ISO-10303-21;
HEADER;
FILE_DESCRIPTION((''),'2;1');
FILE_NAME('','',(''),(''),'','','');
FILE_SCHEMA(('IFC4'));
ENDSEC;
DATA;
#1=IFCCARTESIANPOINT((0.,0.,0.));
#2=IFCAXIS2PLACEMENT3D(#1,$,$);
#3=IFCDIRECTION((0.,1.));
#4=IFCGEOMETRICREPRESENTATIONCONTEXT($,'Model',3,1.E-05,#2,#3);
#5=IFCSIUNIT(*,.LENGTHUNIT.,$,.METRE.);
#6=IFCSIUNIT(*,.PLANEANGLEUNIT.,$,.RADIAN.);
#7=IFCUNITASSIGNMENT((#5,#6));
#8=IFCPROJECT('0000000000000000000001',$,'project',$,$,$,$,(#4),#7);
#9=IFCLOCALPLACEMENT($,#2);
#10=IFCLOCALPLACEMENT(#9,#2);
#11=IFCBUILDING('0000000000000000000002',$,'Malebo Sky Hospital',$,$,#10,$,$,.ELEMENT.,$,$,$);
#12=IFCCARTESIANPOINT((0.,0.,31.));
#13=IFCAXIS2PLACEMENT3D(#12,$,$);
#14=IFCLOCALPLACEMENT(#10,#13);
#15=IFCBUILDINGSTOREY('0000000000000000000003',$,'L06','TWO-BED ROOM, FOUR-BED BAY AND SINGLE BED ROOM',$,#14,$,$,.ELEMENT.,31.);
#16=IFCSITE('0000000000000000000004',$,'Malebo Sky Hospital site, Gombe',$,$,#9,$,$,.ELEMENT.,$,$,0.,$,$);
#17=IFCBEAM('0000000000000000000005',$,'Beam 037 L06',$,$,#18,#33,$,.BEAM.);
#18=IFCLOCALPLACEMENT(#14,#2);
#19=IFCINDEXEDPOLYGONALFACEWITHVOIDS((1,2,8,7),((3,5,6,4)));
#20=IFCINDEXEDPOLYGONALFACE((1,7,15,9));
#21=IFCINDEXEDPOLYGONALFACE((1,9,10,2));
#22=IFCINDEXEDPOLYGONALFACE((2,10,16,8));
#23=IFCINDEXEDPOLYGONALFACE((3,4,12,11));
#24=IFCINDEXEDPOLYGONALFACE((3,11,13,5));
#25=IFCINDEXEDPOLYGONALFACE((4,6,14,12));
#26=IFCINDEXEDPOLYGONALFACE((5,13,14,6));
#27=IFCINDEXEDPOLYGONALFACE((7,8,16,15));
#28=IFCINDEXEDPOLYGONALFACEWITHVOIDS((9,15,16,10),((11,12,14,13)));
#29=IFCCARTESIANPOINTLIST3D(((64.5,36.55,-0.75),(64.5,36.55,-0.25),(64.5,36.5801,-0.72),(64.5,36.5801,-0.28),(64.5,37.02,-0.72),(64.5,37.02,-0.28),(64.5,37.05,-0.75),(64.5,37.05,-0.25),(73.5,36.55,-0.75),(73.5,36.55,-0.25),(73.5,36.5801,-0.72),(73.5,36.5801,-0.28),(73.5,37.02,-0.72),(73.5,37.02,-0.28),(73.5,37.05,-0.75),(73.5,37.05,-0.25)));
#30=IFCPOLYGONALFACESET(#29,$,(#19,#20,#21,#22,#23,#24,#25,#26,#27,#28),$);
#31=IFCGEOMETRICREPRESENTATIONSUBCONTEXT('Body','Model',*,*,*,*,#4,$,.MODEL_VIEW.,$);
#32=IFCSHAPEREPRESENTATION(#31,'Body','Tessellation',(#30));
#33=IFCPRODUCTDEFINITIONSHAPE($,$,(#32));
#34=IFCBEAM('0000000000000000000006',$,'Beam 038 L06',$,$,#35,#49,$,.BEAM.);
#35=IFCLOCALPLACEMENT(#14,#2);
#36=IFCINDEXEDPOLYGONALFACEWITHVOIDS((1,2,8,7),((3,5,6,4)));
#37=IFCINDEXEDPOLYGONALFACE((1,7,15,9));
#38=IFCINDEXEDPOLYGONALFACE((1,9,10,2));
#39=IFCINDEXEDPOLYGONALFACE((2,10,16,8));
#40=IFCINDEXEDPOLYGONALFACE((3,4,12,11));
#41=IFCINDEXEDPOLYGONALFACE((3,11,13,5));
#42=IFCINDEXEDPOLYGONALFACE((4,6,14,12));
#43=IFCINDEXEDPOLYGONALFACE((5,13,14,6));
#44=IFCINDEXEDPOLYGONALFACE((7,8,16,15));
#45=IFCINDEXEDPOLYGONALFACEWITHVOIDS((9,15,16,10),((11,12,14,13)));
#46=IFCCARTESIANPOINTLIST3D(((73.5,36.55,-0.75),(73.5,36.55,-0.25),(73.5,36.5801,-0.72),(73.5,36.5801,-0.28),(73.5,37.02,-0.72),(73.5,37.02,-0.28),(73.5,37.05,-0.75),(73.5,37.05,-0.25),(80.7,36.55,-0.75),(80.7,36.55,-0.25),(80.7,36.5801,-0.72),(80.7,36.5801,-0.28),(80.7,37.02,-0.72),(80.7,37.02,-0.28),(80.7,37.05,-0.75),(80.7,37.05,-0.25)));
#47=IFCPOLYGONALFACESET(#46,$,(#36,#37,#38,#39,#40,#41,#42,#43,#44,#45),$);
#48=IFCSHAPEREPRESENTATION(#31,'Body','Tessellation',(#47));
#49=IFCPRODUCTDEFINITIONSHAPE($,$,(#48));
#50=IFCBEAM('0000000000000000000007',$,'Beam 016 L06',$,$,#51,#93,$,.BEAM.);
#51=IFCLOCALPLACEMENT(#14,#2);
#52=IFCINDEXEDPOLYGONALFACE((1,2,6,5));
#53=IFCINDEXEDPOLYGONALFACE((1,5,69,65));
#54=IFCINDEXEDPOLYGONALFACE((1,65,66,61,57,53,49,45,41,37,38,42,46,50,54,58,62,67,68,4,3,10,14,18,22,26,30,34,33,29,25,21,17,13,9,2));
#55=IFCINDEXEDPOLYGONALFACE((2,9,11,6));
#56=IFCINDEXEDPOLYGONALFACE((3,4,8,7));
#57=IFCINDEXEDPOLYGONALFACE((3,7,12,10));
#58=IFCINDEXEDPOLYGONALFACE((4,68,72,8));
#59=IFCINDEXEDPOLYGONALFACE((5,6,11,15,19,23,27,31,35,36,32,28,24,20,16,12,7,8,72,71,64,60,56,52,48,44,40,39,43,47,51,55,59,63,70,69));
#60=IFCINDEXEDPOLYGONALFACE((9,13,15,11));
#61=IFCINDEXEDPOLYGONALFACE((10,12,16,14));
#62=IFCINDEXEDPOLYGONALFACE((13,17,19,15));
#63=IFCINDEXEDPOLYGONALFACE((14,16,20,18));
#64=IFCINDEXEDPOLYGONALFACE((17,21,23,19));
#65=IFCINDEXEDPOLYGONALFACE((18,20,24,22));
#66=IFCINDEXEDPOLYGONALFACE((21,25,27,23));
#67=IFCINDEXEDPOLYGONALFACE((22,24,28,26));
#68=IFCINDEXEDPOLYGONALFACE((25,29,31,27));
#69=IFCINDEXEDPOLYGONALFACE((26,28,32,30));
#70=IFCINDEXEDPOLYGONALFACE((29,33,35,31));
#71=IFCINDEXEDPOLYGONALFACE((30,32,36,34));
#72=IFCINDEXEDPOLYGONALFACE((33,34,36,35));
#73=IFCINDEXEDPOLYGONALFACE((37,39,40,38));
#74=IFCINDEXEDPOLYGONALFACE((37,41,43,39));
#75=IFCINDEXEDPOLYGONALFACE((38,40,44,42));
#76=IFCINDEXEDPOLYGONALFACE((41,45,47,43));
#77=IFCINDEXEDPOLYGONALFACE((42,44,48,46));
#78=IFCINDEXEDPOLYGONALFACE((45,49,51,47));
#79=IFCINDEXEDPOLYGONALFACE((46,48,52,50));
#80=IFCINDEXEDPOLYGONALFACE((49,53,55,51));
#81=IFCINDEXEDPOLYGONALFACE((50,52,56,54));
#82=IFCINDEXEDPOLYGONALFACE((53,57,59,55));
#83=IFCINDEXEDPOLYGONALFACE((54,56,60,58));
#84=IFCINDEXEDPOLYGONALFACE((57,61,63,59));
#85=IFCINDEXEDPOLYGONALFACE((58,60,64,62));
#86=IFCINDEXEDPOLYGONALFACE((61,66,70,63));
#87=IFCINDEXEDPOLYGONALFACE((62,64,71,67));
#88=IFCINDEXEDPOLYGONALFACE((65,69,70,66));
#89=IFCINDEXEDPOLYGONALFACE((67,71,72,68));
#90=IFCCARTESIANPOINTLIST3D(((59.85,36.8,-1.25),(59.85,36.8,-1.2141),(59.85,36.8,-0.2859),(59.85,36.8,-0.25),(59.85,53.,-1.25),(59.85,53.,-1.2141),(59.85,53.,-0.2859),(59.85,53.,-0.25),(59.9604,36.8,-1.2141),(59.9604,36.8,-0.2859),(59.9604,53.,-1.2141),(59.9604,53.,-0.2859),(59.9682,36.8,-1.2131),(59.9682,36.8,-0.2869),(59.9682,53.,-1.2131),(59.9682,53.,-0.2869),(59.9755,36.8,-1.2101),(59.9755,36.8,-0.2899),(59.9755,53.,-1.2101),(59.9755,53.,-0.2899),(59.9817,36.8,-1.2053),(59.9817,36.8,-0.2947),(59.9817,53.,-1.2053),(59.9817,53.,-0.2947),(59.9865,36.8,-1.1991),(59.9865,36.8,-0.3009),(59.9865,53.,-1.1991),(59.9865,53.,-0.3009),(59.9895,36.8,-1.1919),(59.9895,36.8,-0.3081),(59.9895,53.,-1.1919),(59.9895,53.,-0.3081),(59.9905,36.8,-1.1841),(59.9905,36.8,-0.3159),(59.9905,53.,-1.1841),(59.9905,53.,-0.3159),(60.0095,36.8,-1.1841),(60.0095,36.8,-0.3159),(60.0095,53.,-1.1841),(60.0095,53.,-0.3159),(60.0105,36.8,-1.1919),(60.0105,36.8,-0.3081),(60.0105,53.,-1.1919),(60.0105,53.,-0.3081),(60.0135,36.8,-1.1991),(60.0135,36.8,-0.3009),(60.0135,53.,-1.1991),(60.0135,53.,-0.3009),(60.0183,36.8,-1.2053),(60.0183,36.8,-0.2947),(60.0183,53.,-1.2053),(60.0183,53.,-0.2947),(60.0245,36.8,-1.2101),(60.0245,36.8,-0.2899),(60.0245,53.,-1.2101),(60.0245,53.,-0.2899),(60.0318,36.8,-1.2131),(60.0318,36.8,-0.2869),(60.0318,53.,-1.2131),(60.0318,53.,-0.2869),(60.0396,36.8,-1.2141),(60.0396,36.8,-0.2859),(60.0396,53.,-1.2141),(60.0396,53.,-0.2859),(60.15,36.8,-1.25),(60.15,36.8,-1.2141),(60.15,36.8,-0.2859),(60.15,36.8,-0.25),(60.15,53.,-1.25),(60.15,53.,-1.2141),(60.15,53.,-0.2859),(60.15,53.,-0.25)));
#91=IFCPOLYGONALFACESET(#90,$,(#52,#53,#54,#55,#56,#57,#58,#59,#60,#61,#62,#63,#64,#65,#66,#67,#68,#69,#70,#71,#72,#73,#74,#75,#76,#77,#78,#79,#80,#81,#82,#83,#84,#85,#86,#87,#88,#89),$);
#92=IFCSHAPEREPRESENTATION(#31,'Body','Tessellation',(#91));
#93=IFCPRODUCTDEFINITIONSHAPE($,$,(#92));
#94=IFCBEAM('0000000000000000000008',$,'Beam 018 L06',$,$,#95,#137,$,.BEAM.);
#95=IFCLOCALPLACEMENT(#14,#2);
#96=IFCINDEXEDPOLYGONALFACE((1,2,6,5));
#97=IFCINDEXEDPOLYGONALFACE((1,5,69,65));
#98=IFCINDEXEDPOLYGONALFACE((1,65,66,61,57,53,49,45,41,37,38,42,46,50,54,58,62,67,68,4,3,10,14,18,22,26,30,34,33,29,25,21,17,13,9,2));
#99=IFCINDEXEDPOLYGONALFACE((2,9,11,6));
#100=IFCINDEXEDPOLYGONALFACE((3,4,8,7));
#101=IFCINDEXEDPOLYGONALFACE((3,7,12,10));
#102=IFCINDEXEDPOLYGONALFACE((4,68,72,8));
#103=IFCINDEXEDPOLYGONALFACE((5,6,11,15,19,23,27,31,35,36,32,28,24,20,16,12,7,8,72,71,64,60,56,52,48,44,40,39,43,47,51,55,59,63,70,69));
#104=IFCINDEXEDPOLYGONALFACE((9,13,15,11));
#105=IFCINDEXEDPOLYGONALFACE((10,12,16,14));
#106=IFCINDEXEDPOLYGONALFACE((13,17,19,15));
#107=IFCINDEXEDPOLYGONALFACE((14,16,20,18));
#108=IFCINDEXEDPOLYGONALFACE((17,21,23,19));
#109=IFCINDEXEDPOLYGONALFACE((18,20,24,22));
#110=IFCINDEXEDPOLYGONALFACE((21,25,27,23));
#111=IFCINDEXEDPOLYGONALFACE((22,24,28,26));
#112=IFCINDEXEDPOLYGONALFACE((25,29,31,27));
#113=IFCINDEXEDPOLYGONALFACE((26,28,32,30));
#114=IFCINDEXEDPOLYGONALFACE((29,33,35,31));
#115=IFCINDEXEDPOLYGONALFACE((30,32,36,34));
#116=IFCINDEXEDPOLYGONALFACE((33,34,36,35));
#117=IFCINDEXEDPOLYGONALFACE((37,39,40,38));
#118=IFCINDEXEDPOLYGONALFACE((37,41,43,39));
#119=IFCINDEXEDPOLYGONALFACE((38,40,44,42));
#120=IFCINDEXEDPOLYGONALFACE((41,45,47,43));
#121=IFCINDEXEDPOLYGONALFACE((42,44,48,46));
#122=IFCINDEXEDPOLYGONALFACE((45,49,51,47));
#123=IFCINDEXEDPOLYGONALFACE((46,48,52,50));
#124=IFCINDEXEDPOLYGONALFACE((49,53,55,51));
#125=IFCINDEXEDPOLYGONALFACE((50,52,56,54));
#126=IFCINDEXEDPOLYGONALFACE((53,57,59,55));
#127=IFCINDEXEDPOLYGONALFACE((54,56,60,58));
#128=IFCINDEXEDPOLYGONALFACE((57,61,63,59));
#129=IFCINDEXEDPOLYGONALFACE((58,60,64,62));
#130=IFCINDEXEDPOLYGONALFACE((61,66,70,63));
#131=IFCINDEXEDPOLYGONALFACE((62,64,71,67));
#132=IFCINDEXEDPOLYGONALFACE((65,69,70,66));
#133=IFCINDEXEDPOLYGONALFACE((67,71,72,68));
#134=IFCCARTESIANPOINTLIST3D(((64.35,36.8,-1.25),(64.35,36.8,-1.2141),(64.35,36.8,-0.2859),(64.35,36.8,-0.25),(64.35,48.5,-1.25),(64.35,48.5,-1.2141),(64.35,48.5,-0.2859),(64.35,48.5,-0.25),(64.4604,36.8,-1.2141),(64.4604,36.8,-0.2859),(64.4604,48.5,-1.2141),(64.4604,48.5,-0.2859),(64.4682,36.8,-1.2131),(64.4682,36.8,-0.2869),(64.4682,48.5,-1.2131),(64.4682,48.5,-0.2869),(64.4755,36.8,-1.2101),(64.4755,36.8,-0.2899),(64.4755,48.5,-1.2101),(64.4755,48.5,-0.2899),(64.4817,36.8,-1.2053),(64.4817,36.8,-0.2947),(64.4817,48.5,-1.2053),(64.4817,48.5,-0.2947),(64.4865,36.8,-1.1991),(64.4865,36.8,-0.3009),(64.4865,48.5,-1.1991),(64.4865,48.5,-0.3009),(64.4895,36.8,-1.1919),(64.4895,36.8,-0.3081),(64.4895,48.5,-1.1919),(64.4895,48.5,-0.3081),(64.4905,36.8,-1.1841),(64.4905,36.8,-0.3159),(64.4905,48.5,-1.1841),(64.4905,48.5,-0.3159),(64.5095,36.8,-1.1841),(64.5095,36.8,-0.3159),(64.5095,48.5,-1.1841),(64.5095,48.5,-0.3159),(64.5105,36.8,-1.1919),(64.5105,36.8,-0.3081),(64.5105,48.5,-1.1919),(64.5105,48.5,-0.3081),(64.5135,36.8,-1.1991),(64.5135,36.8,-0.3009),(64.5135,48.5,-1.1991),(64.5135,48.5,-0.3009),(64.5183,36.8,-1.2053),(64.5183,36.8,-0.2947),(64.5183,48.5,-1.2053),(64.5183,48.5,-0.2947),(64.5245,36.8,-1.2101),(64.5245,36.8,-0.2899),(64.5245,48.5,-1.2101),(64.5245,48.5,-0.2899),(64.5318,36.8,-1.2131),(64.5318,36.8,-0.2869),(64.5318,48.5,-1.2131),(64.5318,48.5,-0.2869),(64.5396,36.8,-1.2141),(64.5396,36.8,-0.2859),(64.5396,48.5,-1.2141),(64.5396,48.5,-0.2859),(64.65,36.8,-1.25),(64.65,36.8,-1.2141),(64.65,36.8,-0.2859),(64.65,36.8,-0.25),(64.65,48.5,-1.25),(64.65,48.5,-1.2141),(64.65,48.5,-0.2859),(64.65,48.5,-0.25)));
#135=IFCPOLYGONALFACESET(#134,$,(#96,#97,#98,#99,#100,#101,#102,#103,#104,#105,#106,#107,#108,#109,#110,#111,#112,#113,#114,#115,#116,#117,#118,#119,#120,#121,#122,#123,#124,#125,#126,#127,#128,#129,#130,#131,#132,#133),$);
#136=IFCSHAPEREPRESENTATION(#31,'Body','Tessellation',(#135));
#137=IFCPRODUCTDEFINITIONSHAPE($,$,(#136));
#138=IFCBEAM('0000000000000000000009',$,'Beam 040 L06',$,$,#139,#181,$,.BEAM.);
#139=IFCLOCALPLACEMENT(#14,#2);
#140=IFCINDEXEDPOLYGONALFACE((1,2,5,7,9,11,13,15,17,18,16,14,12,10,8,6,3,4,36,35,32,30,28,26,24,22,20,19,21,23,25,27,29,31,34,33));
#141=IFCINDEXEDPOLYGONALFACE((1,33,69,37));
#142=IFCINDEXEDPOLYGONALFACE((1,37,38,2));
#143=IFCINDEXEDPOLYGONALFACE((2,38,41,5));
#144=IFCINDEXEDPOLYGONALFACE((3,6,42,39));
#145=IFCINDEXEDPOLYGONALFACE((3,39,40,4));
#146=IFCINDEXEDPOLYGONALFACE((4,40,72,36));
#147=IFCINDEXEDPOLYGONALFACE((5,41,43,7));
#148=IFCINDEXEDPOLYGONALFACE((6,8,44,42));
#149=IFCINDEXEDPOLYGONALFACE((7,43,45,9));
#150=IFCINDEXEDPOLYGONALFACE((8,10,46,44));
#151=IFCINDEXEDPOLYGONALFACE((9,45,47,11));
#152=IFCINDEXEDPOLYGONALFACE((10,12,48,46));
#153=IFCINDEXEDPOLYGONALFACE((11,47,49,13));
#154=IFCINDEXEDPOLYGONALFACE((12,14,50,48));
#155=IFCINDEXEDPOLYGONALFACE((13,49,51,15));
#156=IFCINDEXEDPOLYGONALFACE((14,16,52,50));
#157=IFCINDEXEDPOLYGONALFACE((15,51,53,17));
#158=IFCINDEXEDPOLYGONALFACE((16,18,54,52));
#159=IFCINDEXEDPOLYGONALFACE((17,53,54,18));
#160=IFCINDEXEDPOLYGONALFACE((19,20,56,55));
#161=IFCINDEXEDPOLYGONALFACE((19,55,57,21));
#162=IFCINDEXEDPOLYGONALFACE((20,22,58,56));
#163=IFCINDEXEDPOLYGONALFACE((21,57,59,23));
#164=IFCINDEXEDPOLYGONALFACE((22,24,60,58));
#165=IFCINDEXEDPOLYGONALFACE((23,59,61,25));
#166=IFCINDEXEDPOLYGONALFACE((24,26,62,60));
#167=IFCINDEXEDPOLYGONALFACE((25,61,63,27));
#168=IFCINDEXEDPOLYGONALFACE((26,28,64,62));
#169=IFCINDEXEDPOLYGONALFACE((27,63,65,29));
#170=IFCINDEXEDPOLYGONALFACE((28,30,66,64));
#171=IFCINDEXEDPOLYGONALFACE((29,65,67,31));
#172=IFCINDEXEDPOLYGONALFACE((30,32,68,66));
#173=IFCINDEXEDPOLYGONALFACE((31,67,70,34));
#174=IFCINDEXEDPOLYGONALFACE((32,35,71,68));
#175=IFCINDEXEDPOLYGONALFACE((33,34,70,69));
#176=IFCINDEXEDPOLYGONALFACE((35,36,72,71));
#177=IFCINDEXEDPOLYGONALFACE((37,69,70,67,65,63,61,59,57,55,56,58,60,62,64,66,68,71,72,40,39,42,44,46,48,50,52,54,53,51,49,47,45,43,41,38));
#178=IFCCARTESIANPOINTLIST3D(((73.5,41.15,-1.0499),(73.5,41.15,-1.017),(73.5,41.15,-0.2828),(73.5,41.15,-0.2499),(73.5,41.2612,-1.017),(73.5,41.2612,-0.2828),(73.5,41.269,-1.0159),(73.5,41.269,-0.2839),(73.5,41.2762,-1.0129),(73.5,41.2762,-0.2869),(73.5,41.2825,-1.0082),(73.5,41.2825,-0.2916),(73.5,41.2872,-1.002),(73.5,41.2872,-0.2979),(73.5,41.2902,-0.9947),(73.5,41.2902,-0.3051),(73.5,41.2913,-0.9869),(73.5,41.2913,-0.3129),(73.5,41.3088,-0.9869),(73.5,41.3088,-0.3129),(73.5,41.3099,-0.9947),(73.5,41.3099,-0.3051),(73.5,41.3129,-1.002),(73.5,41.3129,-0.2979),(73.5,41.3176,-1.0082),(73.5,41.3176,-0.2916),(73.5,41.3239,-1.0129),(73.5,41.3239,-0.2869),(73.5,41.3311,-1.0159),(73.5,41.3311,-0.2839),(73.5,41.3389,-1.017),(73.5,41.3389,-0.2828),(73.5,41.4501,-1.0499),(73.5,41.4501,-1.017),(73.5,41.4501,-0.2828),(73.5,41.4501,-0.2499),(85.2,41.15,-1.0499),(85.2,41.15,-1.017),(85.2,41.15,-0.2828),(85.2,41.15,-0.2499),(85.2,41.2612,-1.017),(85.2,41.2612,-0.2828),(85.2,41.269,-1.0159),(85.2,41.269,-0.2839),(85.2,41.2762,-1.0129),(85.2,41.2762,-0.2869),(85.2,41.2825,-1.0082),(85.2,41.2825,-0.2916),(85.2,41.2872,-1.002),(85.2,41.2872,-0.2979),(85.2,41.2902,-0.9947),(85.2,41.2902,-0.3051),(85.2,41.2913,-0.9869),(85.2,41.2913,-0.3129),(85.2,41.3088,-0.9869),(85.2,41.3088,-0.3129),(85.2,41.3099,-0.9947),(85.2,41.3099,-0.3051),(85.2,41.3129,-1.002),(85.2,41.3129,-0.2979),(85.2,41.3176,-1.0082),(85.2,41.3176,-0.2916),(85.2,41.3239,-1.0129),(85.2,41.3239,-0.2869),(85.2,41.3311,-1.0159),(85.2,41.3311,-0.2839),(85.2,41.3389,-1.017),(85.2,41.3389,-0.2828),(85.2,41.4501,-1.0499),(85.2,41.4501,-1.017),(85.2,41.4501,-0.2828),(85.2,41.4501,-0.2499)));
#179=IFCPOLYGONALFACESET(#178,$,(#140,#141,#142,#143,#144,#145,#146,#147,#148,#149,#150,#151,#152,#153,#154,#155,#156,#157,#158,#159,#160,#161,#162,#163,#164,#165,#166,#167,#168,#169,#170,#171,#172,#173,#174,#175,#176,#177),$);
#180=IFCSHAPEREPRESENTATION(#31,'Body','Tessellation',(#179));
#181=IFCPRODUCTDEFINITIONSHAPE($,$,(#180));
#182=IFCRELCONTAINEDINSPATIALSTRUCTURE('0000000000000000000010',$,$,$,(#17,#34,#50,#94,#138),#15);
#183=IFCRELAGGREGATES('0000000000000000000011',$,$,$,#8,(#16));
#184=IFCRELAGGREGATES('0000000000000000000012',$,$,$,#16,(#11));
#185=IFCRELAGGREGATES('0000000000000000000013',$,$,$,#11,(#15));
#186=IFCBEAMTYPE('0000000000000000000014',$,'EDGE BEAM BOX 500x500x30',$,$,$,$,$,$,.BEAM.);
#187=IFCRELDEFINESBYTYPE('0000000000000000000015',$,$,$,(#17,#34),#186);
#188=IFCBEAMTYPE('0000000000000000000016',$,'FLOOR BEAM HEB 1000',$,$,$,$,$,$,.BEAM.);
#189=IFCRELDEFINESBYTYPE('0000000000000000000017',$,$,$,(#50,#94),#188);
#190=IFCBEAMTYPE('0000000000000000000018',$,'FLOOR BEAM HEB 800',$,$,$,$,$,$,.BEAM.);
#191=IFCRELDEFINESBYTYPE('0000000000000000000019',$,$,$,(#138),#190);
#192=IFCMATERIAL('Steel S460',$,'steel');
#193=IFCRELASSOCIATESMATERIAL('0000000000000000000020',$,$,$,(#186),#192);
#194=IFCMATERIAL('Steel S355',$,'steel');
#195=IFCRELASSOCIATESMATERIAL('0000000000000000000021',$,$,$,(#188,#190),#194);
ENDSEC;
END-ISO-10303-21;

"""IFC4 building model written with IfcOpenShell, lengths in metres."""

from ifc_helpers import new_model, si_unit, direction, frame, origin, origin_2d, place, context, subcontext, project, spatial, hollow_rectangle, i_section, extrude, material, material_profile, profile_set, type_object, element, save


model = new_model("IFC4")

# Units and contexts
model_context = context("Model", 3, precision=1e-05, world=origin(), true_north=direction((0.0, 1.0)))
body_context = subcontext(model_context, "Body", "Model", "MODEL_VIEW")
ifc_project = project(units=[si_unit("LENGTHUNIT", "METRE"), si_unit("PLANEANGLEUNIT", "RADIAN")], contexts=[model_context])

# Site, building, storey
site_placement = place(None, origin())
site = spatial("IfcSite", under=ifc_project, at=site_placement, Name="Malebo Sky Hospital site, Gombe", CompositionType="ELEMENT", RefElevation=0.0)
building_placement = place(site_placement, origin())
building = spatial("IfcBuilding", under=site, at=building_placement, Name="Malebo Sky Hospital", CompositionType="ELEMENT")
storey_placement = place(building_placement, frame((0.0, 0.0, 31.0)))
storey = spatial("IfcBuildingStorey", under=building, at=storey_placement, Name="L06", Description="TWO-BED ROOM, FOUR-BED BAY AND SINGLE BED ROOM", CompositionType="ELEMENT", Elevation=31.0)

# Shared definitions
ifc_material_1 = material(Name="Steel S460", Category="steel")

# Beams
ifc_material_profile_1 = material_profile(ifc_material_1, hollow_rectangle(XDim=0.5, YDim=0.5, WallThickness=0.03, at=origin_2d()), Name="BOX 500x500x30")
ifc_profile_set_1 = profile_set([ifc_material_profile_1], Name="Steel S460")
beam_type_1 = type_object("IfcBeamType", Name="EDGE BEAM BOX 500x500x30", PredefinedType="BEAM", material=ifc_profile_set_1)
beam_1_placement = place(storey_placement, frame((64.5, 36.8, -0.5), z_axis=(1.0, 0.0, 0.0), x_axis=(0.0, 1.0, 0.0)))
element("IfcBeam", 1, at=beam_1_placement, inside=storey, type_object=beam_type_1, Name="Beam 037 L06", PredefinedType="BEAM", context=body_context, shape_type="SweptSolid", body=[
    extrude(hollow_rectangle(XDim=0.5, YDim=0.5, WallThickness=0.03, at=origin_2d()), origin(), (0.0, 0.0, 1.0), 9.0),
])
beam_2_placement = place(storey_placement, frame((73.5, 36.8, -0.5), z_axis=(1.0, 0.0, 0.0), x_axis=(0.0, 1.0, 0.0)))
element("IfcBeam", 2, at=beam_2_placement, inside=storey, type_object=beam_type_1, Name="Beam 038 L06", PredefinedType="BEAM", context=body_context, shape_type="SweptSolid", body=[
    extrude(hollow_rectangle(XDim=0.5, YDim=0.5, WallThickness=0.03, at=origin_2d()), origin(), (0.0, 0.0, 1.0), 7.2),
])
ifc_material_2 = material(Name="Steel S355", Category="steel")
ifc_material_profile_2 = material_profile(ifc_material_2, i_section(OverallWidth=0.3, OverallDepth=1.0, WebThickness=0.019, FlangeThickness=0.0359, FilletRadius=0.03, at=origin_2d()), Name="HEB 1000")
ifc_profile_set_2 = profile_set([ifc_material_profile_2], Name="Steel S355")
beam_type_2 = type_object("IfcBeamType", Name="FLOOR BEAM HEB 1000", PredefinedType="BEAM", material=ifc_profile_set_2)
beam_3_placement = place(storey_placement, frame((60.0, 36.8, -0.75), z_axis=(0.0, 1.0, 0.0), x_axis=(-1.0, 0.0, 0.0)))
element("IfcBeam", 3, at=beam_3_placement, inside=storey, type_object=beam_type_2, Name="Beam 016 L06", PredefinedType="BEAM", context=body_context, shape_type="SweptSolid", body=[
    extrude(i_section(OverallWidth=0.3, OverallDepth=1.0, WebThickness=0.019, FlangeThickness=0.0359, FilletRadius=0.03, at=origin_2d()), origin(), (0.0, 0.0, 1.0), 16.2),
])
beam_4_placement = place(storey_placement, frame((64.5, 36.8, -0.75), z_axis=(0.0, 1.0, 0.0), x_axis=(-1.0, 0.0, 0.0)))
element("IfcBeam", 4, at=beam_4_placement, inside=storey, type_object=beam_type_2, Name="Beam 018 L06", PredefinedType="BEAM", context=body_context, shape_type="SweptSolid", body=[
    extrude(i_section(OverallWidth=0.3, OverallDepth=1.0, WebThickness=0.019, FlangeThickness=0.0359, FilletRadius=0.03, at=origin_2d()), origin(), (0.0, 0.0, 1.0), 11.7),
])
ifc_material_profile_3 = material_profile(ifc_material_2, i_section(OverallWidth=0.3, OverallDepth=0.8, WebThickness=0.0176, FlangeThickness=0.033, FilletRadius=0.03, at=origin_2d()), Name="HEB 800")
ifc_profile_set_3 = profile_set([ifc_material_profile_3], Name="Steel S355")
beam_type_3 = type_object("IfcBeamType", Name="FLOOR BEAM HEB 800", PredefinedType="BEAM", material=ifc_profile_set_3)
beam_5_placement = place(storey_placement, frame((73.5, 41.3, -0.6499), z_axis=(1.0, 0.0, 0.0), x_axis=(0.0, 1.0, 0.0)))
element("IfcBeam", 5, at=beam_5_placement, inside=storey, type_object=beam_type_3, Name="Beam 040 L06", PredefinedType="BEAM", context=body_context, shape_type="SweptSolid", body=[
    extrude(i_section(OverallWidth=0.3, OverallDepth=0.8, WebThickness=0.0176, FlangeThickness=0.033, FilletRadius=0.03, at=origin_2d()), origin(), (0.0, 0.0, 1.0), 11.7),
])

save(model, "model.ifc")
